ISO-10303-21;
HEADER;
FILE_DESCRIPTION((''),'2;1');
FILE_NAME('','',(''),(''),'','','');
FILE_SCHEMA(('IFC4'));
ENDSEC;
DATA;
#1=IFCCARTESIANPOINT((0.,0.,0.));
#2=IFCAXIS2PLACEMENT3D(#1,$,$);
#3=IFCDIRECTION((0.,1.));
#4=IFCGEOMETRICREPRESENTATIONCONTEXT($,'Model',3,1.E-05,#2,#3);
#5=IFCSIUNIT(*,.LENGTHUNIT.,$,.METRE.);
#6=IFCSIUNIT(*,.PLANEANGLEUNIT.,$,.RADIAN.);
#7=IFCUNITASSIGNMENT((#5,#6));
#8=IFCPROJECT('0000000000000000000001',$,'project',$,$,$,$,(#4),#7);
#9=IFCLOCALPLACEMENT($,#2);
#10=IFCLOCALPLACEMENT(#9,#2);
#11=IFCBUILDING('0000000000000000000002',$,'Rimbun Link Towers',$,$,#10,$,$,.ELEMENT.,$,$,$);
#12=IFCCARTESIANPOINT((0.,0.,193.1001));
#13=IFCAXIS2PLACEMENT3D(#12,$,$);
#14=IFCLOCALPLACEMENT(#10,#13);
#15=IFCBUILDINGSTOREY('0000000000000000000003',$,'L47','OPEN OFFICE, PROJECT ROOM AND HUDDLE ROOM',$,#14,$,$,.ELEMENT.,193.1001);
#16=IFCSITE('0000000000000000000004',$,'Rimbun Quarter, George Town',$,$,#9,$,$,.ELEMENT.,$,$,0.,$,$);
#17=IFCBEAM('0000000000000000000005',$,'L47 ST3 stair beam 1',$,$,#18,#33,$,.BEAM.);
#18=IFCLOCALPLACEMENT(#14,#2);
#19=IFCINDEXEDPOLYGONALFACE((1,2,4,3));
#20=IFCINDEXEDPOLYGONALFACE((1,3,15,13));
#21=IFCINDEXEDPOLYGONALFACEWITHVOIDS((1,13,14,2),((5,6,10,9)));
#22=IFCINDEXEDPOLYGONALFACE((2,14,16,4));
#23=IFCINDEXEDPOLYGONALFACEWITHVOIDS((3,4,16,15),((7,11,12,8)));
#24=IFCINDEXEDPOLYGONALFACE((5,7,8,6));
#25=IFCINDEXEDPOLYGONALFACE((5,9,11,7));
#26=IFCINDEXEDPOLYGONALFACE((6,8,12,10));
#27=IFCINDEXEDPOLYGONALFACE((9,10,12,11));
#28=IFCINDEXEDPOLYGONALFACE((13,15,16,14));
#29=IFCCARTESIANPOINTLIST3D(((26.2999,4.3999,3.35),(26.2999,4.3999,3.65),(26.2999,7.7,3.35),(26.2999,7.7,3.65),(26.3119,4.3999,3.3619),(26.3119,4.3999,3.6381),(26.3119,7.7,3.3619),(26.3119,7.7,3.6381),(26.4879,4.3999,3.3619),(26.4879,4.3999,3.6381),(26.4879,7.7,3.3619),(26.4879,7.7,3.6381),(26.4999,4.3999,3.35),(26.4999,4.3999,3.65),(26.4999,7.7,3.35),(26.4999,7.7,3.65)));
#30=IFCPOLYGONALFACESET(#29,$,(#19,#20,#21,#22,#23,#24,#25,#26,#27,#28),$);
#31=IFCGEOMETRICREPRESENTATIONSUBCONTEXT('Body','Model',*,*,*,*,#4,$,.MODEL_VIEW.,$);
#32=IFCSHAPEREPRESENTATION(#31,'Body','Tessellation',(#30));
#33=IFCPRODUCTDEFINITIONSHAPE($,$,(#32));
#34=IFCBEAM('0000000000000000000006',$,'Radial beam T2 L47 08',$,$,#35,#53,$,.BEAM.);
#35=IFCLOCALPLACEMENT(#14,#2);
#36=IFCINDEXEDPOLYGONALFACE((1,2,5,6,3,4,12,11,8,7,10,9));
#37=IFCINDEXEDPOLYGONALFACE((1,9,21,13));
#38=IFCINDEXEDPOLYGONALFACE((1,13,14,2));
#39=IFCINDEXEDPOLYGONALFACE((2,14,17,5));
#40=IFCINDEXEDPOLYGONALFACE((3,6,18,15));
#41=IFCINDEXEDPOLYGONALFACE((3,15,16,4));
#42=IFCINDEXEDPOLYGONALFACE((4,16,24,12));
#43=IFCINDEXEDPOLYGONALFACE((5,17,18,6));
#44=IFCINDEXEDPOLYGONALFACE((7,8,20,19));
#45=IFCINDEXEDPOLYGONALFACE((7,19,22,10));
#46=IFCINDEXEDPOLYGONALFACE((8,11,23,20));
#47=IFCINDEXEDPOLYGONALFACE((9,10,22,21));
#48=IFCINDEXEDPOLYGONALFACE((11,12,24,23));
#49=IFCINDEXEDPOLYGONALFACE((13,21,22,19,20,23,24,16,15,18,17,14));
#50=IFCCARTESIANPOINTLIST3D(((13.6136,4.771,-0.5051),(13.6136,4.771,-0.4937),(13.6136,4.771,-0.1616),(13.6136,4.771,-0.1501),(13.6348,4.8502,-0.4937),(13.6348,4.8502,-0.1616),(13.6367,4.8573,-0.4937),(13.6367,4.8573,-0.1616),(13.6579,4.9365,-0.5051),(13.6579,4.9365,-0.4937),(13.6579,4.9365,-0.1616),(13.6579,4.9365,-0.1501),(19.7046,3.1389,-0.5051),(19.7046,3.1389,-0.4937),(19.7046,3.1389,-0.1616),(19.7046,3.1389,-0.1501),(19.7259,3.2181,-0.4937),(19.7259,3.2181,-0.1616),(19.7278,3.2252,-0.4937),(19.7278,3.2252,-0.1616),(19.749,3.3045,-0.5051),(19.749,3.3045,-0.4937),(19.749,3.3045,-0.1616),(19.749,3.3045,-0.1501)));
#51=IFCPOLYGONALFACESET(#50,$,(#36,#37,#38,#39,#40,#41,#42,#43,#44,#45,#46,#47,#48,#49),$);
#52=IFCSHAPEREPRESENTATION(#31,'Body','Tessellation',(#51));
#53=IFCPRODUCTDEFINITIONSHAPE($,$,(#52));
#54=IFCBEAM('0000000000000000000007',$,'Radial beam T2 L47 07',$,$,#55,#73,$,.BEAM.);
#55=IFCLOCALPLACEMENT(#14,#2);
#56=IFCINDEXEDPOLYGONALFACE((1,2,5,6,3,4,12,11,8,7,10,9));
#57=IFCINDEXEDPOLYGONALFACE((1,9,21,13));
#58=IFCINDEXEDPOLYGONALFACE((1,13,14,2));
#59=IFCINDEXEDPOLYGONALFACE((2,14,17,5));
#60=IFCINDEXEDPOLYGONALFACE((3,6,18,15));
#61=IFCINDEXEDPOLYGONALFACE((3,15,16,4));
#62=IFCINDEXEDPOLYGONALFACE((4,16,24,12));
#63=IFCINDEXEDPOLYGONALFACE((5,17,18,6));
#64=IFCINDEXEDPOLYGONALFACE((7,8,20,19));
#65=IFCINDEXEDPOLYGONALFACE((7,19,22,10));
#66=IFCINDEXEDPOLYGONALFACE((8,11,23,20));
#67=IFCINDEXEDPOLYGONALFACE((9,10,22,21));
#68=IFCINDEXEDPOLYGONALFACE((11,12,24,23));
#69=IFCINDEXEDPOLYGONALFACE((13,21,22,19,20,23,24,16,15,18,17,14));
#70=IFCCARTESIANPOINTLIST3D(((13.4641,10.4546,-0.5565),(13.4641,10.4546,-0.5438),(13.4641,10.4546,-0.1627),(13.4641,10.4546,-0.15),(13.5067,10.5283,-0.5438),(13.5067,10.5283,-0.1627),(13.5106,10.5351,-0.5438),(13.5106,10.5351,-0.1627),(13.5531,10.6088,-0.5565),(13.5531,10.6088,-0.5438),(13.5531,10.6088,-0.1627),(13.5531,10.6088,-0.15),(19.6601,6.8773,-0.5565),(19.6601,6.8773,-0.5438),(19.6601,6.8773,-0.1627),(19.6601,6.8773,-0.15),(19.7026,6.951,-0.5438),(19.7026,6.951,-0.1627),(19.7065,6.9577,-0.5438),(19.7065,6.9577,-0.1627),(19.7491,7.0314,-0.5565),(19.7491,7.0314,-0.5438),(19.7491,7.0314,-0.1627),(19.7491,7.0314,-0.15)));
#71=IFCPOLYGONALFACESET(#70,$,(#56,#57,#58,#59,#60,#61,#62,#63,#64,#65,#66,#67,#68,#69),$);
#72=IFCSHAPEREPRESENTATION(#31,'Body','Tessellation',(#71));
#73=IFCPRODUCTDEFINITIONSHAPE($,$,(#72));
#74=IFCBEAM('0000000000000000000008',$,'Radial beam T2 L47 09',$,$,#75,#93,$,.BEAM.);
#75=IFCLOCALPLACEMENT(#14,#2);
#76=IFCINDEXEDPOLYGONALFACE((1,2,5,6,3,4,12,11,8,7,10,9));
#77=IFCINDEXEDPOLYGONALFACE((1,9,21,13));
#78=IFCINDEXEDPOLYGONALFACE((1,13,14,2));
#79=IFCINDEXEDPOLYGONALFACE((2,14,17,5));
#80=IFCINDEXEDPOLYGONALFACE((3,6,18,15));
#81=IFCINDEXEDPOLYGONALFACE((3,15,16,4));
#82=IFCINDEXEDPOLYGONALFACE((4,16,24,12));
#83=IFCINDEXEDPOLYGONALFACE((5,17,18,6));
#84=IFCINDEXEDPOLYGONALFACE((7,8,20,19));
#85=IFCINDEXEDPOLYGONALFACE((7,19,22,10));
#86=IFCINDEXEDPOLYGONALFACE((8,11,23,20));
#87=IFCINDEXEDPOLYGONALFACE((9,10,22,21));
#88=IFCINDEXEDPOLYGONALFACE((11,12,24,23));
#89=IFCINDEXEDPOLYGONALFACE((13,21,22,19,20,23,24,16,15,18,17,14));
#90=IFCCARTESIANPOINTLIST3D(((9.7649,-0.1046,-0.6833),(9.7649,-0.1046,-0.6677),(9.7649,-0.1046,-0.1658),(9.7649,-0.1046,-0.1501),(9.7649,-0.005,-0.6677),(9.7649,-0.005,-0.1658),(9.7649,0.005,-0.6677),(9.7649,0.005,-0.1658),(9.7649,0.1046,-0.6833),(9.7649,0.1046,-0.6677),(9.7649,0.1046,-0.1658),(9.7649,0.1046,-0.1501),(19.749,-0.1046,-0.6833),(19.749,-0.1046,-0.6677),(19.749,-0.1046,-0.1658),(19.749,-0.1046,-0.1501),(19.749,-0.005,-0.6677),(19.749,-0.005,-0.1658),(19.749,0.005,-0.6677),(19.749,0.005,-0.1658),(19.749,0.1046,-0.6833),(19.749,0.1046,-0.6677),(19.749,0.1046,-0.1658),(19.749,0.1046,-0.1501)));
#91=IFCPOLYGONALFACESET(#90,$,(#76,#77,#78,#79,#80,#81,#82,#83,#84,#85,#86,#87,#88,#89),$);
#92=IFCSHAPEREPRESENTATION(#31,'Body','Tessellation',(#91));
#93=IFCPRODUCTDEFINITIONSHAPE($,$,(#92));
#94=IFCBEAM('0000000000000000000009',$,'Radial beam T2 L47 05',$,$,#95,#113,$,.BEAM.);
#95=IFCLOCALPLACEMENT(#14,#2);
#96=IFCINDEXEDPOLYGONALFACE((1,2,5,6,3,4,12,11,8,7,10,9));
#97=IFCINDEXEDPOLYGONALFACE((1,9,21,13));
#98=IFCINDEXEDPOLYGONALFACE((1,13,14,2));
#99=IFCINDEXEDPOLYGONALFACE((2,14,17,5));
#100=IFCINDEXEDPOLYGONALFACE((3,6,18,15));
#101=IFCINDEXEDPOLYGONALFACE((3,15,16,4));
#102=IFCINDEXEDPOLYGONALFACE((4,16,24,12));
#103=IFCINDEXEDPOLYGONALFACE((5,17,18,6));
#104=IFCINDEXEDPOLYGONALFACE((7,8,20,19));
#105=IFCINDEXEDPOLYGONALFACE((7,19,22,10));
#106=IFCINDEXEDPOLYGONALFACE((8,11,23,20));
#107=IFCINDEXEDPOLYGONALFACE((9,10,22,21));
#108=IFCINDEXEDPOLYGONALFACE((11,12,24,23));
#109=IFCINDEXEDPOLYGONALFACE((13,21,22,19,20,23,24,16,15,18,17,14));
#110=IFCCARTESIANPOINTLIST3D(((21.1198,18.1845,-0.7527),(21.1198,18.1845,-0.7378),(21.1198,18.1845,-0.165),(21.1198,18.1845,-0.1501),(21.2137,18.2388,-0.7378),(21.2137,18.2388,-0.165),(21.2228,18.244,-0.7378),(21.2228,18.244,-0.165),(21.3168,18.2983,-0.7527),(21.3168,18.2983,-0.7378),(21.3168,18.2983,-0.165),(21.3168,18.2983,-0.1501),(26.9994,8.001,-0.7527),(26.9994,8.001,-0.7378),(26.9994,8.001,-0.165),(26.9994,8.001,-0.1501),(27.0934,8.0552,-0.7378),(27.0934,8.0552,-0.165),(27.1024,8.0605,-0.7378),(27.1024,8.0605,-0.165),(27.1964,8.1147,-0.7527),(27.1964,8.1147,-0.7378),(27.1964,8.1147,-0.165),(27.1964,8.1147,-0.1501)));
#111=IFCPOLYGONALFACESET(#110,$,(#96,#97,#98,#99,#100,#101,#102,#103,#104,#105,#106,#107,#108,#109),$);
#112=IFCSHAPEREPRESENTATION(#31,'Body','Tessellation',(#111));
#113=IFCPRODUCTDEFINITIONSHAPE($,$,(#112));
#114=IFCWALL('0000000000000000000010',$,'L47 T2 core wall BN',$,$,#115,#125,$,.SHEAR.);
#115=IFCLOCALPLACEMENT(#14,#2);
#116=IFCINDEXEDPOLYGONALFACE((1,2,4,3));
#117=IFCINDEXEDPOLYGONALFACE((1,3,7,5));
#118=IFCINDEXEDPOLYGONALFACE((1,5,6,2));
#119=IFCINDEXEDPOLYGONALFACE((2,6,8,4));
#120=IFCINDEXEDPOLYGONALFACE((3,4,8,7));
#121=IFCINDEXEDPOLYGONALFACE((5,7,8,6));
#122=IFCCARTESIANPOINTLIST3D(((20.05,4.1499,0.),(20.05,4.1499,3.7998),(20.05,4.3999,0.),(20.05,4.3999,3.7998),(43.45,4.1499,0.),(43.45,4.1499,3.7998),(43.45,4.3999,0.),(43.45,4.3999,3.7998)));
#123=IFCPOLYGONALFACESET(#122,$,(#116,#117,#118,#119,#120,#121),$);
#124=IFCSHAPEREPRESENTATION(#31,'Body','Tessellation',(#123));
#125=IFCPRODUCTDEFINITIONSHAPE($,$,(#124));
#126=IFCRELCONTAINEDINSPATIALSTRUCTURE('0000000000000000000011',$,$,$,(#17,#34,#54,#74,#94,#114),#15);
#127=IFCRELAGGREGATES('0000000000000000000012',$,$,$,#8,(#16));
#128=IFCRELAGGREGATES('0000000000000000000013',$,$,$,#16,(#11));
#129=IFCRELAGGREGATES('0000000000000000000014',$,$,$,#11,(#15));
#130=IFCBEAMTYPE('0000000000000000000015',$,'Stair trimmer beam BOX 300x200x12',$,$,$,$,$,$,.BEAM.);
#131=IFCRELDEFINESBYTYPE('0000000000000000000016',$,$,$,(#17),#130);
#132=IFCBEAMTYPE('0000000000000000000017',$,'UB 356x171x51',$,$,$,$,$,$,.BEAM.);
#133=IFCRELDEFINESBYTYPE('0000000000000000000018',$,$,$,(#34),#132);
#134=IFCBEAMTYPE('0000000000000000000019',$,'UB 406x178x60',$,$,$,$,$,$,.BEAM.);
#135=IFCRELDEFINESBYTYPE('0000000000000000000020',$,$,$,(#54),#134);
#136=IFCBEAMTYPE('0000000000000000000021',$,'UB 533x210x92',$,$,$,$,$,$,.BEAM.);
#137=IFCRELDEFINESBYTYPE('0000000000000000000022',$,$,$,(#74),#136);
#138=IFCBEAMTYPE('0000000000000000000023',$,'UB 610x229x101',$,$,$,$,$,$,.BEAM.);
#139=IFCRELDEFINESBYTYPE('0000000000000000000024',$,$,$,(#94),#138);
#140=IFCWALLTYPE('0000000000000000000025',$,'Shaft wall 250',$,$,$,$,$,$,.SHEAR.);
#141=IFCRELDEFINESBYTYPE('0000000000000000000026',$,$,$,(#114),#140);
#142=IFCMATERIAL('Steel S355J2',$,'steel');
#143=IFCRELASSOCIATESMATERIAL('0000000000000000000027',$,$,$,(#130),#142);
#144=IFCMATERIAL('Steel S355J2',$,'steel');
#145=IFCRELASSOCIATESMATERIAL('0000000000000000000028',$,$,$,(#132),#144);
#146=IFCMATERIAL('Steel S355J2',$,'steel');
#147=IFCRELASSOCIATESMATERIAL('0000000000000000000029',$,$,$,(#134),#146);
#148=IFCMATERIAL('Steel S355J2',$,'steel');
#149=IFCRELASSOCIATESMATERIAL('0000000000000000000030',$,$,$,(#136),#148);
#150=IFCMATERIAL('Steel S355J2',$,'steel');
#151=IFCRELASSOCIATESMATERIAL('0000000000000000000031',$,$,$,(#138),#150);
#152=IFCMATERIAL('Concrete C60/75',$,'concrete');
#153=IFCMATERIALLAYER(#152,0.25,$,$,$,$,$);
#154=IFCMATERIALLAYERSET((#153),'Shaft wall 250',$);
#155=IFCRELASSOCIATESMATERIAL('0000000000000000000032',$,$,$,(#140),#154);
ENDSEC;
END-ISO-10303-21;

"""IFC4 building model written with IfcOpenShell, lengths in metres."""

from ifc_helpers import new_model, si_unit, direction, frame, frame_2d, origin, origin_2d, place, context, subcontext, project, spatial, rectangle, hollow_rectangle, i_section, extrude, material, layer, layer_set, material_profile, profile_set, type_object, element, save


model = new_model("IFC4")

# Units and contexts
model_context = context("Model", 3, precision=1e-05, world=origin(), true_north=direction((0.0, 1.0)))
body_context = subcontext(model_context, "Body", "Model", "MODEL_VIEW")
ifc_project = project(units=[si_unit("LENGTHUNIT", "METRE"), si_unit("PLANEANGLEUNIT", "RADIAN")], contexts=[model_context])

# Site, building, storey
site_placement = place(None, origin())
site = spatial("IfcSite", under=ifc_project, at=site_placement, Name="Rimbun Quarter, George Town", CompositionType="ELEMENT", RefElevation=0.0)
building_placement = place(site_placement, origin())
building = spatial("IfcBuilding", under=site, at=building_placement, Name="Rimbun Link Towers", CompositionType="ELEMENT")
storey_placement = place(building_placement, frame((0.0, 0.0, 193.1001)))
storey = spatial("IfcBuildingStorey", under=building, at=storey_placement, Name="L47", Description="OPEN OFFICE, PROJECT ROOM AND HUDDLE ROOM", CompositionType="ELEMENT", Elevation=193.1001)

# Beams
ifc_material_1 = material(Name="Steel S355J2", Category="steel")
ifc_material_profile_1 = material_profile(ifc_material_1, hollow_rectangle(XDim=0.2, YDim=0.3, WallThickness=0.012, at=origin_2d()), Name="BOX 300x200x12")
ifc_profile_set_1 = profile_set([ifc_material_profile_1], Name="Steel S355J2")
beam_type_1 = type_object("IfcBeamType", Name="Stair trimmer beam BOX 300x200x12", PredefinedType="BEAM", material=ifc_profile_set_1)
beam_1_placement = place(storey_placement, frame((26.3999, 7.7, 3.5), z_axis=(0.0, -1.0, 0.0), x_axis=(1.0, 0.0, 0.0)))
element("IfcBeam", 1, at=beam_1_placement, inside=storey, type_object=beam_type_1, Name="L47 ST3 stair beam 1", PredefinedType="BEAM", context=body_context, shape_type="SweptSolid", body=[
    extrude(hollow_rectangle(XDim=0.2, YDim=0.3, WallThickness=0.012, at=origin_2d()), origin(), (0.0, 0.0, 1.0), 3.3),
])
ifc_material_2 = material(Name="Steel S355J2", Category="steel")
ifc_material_profile_2 = material_profile(ifc_material_2, i_section(OverallWidth=0.1714, OverallDepth=0.355, WebThickness=0.0073, FlangeThickness=0.0115, at=origin_2d()), Name="UB 356x171x51")
ifc_profile_set_2 = profile_set([ifc_material_profile_2], Name="Steel S355J2")
beam_type_2 = type_object("IfcBeamType", Name="UB 356x171x51", PredefinedType="BEAM", material=ifc_profile_set_2)
beam_2_placement = place(storey_placement, frame((19.7268, 3.2217, -0.3276), z_axis=(-0.965926, 0.258817, 0.0), x_axis=(-0.258817, -0.965926, 0.0)))
element("IfcBeam", 2, at=beam_2_placement, inside=storey, type_object=beam_type_2, Name="Radial beam T2 L47 08", PredefinedType="BEAM", context=body_context, shape_type="SweptSolid", body=[
    extrude(i_section(OverallWidth=0.1714, OverallDepth=0.355, WebThickness=0.0073, FlangeThickness=0.0115, at=origin_2d()), origin(), (0.0, 0.0, 1.0), 6.3059),
])
ifc_material_3 = material(Name="Steel S355J2", Category="steel")
ifc_material_profile_3 = material_profile(ifc_material_3, i_section(OverallWidth=0.178, OverallDepth=0.4065, WebThickness=0.0078, FlangeThickness=0.0127, at=origin_2d()), Name="UB 406x178x60")
ifc_profile_set_3 = profile_set([ifc_material_profile_3], Name="Steel S355J2")
beam_type_3 = type_object("IfcBeamType", Name="UB 406x178x60", PredefinedType="BEAM", material=ifc_profile_set_3)
beam_3_placement = place(storey_placement, frame((19.7046, 6.9543, -0.3533), z_axis=(-0.866019, 0.500011, 0.0), x_axis=(-0.500011, -0.866019, 0.0)))
element("IfcBeam", 3, at=beam_3_placement, inside=storey, type_object=beam_type_3, Name="Radial beam T2 L47 07", PredefinedType="BEAM", context=body_context, shape_type="SweptSolid", body=[
    extrude(i_section(OverallWidth=0.178, OverallDepth=0.4065, WebThickness=0.0078, FlangeThickness=0.0127, at=origin_2d()), origin(), (0.0, 0.0, 1.0), 7.1545),
])
ifc_material_4 = material(Name="Steel S355J2", Category="steel")
ifc_material_profile_4 = material_profile(ifc_material_4, i_section(OverallWidth=0.2092, OverallDepth=0.5332, WebThickness=0.01, FlangeThickness=0.0156, at=origin_2d()), Name="UB 533x210x92")
ifc_profile_set_4 = profile_set([ifc_material_profile_4], Name="Steel S355J2")
beam_type_4 = type_object("IfcBeamType", Name="UB 533x210x92", PredefinedType="BEAM", material=ifc_profile_set_4)
beam_4_placement = place(storey_placement, frame((19.749, 0.0, -0.4167), z_axis=(-1.0, 0.0, 0.0), x_axis=(0.0, -1.0, 0.0)))
element("IfcBeam", 4, at=beam_4_placement, inside=storey, type_object=beam_type_4, Name="Radial beam T2 L47 09", PredefinedType="BEAM", context=body_context, shape_type="SweptSolid", body=[
    extrude(i_section(OverallWidth=0.2092, OverallDepth=0.5332, WebThickness=0.01, FlangeThickness=0.0156, at=origin_2d()), origin(), (0.0, 0.0, 1.0), 9.9841),
])
ifc_material_5 = material(Name="Steel S355J2", Category="steel")
ifc_material_profile_5 = material_profile(ifc_material_5, i_section(OverallWidth=0.2275, OverallDepth=0.6025, WebThickness=0.0105, FlangeThickness=0.0149, at=origin_2d()), Name="UB 610x229x101")
ifc_profile_set_5 = profile_set([ifc_material_profile_5], Name="Steel S355J2")
beam_type_5 = type_object("IfcBeamType", Name="UB 610x229x101", PredefinedType="BEAM", material=ifc_profile_set_5)
beam_5_placement = place(storey_placement, frame((27.0979, 8.0579, -0.4514), z_axis=(-0.500009, 0.86602, 0.0), x_axis=(-0.86602, -0.500009, 0.0)))
element("IfcBeam", 5, at=beam_5_placement, inside=storey, type_object=beam_type_5, Name="Radial beam T2 L47 05", PredefinedType="BEAM", context=body_context, shape_type="SweptSolid", body=[
    extrude(i_section(OverallWidth=0.2275, OverallDepth=0.6025, WebThickness=0.0105, FlangeThickness=0.0149, at=origin_2d()), origin(), (0.0, 0.0, 1.0), 11.759),
])

# Wall
ifc_material_6 = material(Name="Concrete C60/75", Category="concrete")
ifc_layer = layer(ifc_material_6, 0.25)
ifc_layer_set = layer_set([ifc_layer], Name="Shaft wall 250")
wall_type = type_object("IfcWallType", Name="Shaft wall 250", PredefinedType="SHEAR", material=ifc_layer_set)
wall_1_placement = place(storey_placement, frame((20.05, 4.2749, 0.0), z_axis=(0.0, 0.0, 1.0), x_axis=(1.0, 0.0, 0.0)))
element("IfcWall", 6, at=wall_1_placement, inside=storey, type_object=wall_type, Name="L47 T2 core wall BN", PredefinedType="SHEAR", context=body_context, shape_type="SweptSolid", body=[
    extrude(rectangle(XDim=23.3999, YDim=0.25, at=frame_2d((11.7, 0.0))), origin(), (0.0, 0.0, 1.0), 3.7998),
])

save(model, "model.ifc")
